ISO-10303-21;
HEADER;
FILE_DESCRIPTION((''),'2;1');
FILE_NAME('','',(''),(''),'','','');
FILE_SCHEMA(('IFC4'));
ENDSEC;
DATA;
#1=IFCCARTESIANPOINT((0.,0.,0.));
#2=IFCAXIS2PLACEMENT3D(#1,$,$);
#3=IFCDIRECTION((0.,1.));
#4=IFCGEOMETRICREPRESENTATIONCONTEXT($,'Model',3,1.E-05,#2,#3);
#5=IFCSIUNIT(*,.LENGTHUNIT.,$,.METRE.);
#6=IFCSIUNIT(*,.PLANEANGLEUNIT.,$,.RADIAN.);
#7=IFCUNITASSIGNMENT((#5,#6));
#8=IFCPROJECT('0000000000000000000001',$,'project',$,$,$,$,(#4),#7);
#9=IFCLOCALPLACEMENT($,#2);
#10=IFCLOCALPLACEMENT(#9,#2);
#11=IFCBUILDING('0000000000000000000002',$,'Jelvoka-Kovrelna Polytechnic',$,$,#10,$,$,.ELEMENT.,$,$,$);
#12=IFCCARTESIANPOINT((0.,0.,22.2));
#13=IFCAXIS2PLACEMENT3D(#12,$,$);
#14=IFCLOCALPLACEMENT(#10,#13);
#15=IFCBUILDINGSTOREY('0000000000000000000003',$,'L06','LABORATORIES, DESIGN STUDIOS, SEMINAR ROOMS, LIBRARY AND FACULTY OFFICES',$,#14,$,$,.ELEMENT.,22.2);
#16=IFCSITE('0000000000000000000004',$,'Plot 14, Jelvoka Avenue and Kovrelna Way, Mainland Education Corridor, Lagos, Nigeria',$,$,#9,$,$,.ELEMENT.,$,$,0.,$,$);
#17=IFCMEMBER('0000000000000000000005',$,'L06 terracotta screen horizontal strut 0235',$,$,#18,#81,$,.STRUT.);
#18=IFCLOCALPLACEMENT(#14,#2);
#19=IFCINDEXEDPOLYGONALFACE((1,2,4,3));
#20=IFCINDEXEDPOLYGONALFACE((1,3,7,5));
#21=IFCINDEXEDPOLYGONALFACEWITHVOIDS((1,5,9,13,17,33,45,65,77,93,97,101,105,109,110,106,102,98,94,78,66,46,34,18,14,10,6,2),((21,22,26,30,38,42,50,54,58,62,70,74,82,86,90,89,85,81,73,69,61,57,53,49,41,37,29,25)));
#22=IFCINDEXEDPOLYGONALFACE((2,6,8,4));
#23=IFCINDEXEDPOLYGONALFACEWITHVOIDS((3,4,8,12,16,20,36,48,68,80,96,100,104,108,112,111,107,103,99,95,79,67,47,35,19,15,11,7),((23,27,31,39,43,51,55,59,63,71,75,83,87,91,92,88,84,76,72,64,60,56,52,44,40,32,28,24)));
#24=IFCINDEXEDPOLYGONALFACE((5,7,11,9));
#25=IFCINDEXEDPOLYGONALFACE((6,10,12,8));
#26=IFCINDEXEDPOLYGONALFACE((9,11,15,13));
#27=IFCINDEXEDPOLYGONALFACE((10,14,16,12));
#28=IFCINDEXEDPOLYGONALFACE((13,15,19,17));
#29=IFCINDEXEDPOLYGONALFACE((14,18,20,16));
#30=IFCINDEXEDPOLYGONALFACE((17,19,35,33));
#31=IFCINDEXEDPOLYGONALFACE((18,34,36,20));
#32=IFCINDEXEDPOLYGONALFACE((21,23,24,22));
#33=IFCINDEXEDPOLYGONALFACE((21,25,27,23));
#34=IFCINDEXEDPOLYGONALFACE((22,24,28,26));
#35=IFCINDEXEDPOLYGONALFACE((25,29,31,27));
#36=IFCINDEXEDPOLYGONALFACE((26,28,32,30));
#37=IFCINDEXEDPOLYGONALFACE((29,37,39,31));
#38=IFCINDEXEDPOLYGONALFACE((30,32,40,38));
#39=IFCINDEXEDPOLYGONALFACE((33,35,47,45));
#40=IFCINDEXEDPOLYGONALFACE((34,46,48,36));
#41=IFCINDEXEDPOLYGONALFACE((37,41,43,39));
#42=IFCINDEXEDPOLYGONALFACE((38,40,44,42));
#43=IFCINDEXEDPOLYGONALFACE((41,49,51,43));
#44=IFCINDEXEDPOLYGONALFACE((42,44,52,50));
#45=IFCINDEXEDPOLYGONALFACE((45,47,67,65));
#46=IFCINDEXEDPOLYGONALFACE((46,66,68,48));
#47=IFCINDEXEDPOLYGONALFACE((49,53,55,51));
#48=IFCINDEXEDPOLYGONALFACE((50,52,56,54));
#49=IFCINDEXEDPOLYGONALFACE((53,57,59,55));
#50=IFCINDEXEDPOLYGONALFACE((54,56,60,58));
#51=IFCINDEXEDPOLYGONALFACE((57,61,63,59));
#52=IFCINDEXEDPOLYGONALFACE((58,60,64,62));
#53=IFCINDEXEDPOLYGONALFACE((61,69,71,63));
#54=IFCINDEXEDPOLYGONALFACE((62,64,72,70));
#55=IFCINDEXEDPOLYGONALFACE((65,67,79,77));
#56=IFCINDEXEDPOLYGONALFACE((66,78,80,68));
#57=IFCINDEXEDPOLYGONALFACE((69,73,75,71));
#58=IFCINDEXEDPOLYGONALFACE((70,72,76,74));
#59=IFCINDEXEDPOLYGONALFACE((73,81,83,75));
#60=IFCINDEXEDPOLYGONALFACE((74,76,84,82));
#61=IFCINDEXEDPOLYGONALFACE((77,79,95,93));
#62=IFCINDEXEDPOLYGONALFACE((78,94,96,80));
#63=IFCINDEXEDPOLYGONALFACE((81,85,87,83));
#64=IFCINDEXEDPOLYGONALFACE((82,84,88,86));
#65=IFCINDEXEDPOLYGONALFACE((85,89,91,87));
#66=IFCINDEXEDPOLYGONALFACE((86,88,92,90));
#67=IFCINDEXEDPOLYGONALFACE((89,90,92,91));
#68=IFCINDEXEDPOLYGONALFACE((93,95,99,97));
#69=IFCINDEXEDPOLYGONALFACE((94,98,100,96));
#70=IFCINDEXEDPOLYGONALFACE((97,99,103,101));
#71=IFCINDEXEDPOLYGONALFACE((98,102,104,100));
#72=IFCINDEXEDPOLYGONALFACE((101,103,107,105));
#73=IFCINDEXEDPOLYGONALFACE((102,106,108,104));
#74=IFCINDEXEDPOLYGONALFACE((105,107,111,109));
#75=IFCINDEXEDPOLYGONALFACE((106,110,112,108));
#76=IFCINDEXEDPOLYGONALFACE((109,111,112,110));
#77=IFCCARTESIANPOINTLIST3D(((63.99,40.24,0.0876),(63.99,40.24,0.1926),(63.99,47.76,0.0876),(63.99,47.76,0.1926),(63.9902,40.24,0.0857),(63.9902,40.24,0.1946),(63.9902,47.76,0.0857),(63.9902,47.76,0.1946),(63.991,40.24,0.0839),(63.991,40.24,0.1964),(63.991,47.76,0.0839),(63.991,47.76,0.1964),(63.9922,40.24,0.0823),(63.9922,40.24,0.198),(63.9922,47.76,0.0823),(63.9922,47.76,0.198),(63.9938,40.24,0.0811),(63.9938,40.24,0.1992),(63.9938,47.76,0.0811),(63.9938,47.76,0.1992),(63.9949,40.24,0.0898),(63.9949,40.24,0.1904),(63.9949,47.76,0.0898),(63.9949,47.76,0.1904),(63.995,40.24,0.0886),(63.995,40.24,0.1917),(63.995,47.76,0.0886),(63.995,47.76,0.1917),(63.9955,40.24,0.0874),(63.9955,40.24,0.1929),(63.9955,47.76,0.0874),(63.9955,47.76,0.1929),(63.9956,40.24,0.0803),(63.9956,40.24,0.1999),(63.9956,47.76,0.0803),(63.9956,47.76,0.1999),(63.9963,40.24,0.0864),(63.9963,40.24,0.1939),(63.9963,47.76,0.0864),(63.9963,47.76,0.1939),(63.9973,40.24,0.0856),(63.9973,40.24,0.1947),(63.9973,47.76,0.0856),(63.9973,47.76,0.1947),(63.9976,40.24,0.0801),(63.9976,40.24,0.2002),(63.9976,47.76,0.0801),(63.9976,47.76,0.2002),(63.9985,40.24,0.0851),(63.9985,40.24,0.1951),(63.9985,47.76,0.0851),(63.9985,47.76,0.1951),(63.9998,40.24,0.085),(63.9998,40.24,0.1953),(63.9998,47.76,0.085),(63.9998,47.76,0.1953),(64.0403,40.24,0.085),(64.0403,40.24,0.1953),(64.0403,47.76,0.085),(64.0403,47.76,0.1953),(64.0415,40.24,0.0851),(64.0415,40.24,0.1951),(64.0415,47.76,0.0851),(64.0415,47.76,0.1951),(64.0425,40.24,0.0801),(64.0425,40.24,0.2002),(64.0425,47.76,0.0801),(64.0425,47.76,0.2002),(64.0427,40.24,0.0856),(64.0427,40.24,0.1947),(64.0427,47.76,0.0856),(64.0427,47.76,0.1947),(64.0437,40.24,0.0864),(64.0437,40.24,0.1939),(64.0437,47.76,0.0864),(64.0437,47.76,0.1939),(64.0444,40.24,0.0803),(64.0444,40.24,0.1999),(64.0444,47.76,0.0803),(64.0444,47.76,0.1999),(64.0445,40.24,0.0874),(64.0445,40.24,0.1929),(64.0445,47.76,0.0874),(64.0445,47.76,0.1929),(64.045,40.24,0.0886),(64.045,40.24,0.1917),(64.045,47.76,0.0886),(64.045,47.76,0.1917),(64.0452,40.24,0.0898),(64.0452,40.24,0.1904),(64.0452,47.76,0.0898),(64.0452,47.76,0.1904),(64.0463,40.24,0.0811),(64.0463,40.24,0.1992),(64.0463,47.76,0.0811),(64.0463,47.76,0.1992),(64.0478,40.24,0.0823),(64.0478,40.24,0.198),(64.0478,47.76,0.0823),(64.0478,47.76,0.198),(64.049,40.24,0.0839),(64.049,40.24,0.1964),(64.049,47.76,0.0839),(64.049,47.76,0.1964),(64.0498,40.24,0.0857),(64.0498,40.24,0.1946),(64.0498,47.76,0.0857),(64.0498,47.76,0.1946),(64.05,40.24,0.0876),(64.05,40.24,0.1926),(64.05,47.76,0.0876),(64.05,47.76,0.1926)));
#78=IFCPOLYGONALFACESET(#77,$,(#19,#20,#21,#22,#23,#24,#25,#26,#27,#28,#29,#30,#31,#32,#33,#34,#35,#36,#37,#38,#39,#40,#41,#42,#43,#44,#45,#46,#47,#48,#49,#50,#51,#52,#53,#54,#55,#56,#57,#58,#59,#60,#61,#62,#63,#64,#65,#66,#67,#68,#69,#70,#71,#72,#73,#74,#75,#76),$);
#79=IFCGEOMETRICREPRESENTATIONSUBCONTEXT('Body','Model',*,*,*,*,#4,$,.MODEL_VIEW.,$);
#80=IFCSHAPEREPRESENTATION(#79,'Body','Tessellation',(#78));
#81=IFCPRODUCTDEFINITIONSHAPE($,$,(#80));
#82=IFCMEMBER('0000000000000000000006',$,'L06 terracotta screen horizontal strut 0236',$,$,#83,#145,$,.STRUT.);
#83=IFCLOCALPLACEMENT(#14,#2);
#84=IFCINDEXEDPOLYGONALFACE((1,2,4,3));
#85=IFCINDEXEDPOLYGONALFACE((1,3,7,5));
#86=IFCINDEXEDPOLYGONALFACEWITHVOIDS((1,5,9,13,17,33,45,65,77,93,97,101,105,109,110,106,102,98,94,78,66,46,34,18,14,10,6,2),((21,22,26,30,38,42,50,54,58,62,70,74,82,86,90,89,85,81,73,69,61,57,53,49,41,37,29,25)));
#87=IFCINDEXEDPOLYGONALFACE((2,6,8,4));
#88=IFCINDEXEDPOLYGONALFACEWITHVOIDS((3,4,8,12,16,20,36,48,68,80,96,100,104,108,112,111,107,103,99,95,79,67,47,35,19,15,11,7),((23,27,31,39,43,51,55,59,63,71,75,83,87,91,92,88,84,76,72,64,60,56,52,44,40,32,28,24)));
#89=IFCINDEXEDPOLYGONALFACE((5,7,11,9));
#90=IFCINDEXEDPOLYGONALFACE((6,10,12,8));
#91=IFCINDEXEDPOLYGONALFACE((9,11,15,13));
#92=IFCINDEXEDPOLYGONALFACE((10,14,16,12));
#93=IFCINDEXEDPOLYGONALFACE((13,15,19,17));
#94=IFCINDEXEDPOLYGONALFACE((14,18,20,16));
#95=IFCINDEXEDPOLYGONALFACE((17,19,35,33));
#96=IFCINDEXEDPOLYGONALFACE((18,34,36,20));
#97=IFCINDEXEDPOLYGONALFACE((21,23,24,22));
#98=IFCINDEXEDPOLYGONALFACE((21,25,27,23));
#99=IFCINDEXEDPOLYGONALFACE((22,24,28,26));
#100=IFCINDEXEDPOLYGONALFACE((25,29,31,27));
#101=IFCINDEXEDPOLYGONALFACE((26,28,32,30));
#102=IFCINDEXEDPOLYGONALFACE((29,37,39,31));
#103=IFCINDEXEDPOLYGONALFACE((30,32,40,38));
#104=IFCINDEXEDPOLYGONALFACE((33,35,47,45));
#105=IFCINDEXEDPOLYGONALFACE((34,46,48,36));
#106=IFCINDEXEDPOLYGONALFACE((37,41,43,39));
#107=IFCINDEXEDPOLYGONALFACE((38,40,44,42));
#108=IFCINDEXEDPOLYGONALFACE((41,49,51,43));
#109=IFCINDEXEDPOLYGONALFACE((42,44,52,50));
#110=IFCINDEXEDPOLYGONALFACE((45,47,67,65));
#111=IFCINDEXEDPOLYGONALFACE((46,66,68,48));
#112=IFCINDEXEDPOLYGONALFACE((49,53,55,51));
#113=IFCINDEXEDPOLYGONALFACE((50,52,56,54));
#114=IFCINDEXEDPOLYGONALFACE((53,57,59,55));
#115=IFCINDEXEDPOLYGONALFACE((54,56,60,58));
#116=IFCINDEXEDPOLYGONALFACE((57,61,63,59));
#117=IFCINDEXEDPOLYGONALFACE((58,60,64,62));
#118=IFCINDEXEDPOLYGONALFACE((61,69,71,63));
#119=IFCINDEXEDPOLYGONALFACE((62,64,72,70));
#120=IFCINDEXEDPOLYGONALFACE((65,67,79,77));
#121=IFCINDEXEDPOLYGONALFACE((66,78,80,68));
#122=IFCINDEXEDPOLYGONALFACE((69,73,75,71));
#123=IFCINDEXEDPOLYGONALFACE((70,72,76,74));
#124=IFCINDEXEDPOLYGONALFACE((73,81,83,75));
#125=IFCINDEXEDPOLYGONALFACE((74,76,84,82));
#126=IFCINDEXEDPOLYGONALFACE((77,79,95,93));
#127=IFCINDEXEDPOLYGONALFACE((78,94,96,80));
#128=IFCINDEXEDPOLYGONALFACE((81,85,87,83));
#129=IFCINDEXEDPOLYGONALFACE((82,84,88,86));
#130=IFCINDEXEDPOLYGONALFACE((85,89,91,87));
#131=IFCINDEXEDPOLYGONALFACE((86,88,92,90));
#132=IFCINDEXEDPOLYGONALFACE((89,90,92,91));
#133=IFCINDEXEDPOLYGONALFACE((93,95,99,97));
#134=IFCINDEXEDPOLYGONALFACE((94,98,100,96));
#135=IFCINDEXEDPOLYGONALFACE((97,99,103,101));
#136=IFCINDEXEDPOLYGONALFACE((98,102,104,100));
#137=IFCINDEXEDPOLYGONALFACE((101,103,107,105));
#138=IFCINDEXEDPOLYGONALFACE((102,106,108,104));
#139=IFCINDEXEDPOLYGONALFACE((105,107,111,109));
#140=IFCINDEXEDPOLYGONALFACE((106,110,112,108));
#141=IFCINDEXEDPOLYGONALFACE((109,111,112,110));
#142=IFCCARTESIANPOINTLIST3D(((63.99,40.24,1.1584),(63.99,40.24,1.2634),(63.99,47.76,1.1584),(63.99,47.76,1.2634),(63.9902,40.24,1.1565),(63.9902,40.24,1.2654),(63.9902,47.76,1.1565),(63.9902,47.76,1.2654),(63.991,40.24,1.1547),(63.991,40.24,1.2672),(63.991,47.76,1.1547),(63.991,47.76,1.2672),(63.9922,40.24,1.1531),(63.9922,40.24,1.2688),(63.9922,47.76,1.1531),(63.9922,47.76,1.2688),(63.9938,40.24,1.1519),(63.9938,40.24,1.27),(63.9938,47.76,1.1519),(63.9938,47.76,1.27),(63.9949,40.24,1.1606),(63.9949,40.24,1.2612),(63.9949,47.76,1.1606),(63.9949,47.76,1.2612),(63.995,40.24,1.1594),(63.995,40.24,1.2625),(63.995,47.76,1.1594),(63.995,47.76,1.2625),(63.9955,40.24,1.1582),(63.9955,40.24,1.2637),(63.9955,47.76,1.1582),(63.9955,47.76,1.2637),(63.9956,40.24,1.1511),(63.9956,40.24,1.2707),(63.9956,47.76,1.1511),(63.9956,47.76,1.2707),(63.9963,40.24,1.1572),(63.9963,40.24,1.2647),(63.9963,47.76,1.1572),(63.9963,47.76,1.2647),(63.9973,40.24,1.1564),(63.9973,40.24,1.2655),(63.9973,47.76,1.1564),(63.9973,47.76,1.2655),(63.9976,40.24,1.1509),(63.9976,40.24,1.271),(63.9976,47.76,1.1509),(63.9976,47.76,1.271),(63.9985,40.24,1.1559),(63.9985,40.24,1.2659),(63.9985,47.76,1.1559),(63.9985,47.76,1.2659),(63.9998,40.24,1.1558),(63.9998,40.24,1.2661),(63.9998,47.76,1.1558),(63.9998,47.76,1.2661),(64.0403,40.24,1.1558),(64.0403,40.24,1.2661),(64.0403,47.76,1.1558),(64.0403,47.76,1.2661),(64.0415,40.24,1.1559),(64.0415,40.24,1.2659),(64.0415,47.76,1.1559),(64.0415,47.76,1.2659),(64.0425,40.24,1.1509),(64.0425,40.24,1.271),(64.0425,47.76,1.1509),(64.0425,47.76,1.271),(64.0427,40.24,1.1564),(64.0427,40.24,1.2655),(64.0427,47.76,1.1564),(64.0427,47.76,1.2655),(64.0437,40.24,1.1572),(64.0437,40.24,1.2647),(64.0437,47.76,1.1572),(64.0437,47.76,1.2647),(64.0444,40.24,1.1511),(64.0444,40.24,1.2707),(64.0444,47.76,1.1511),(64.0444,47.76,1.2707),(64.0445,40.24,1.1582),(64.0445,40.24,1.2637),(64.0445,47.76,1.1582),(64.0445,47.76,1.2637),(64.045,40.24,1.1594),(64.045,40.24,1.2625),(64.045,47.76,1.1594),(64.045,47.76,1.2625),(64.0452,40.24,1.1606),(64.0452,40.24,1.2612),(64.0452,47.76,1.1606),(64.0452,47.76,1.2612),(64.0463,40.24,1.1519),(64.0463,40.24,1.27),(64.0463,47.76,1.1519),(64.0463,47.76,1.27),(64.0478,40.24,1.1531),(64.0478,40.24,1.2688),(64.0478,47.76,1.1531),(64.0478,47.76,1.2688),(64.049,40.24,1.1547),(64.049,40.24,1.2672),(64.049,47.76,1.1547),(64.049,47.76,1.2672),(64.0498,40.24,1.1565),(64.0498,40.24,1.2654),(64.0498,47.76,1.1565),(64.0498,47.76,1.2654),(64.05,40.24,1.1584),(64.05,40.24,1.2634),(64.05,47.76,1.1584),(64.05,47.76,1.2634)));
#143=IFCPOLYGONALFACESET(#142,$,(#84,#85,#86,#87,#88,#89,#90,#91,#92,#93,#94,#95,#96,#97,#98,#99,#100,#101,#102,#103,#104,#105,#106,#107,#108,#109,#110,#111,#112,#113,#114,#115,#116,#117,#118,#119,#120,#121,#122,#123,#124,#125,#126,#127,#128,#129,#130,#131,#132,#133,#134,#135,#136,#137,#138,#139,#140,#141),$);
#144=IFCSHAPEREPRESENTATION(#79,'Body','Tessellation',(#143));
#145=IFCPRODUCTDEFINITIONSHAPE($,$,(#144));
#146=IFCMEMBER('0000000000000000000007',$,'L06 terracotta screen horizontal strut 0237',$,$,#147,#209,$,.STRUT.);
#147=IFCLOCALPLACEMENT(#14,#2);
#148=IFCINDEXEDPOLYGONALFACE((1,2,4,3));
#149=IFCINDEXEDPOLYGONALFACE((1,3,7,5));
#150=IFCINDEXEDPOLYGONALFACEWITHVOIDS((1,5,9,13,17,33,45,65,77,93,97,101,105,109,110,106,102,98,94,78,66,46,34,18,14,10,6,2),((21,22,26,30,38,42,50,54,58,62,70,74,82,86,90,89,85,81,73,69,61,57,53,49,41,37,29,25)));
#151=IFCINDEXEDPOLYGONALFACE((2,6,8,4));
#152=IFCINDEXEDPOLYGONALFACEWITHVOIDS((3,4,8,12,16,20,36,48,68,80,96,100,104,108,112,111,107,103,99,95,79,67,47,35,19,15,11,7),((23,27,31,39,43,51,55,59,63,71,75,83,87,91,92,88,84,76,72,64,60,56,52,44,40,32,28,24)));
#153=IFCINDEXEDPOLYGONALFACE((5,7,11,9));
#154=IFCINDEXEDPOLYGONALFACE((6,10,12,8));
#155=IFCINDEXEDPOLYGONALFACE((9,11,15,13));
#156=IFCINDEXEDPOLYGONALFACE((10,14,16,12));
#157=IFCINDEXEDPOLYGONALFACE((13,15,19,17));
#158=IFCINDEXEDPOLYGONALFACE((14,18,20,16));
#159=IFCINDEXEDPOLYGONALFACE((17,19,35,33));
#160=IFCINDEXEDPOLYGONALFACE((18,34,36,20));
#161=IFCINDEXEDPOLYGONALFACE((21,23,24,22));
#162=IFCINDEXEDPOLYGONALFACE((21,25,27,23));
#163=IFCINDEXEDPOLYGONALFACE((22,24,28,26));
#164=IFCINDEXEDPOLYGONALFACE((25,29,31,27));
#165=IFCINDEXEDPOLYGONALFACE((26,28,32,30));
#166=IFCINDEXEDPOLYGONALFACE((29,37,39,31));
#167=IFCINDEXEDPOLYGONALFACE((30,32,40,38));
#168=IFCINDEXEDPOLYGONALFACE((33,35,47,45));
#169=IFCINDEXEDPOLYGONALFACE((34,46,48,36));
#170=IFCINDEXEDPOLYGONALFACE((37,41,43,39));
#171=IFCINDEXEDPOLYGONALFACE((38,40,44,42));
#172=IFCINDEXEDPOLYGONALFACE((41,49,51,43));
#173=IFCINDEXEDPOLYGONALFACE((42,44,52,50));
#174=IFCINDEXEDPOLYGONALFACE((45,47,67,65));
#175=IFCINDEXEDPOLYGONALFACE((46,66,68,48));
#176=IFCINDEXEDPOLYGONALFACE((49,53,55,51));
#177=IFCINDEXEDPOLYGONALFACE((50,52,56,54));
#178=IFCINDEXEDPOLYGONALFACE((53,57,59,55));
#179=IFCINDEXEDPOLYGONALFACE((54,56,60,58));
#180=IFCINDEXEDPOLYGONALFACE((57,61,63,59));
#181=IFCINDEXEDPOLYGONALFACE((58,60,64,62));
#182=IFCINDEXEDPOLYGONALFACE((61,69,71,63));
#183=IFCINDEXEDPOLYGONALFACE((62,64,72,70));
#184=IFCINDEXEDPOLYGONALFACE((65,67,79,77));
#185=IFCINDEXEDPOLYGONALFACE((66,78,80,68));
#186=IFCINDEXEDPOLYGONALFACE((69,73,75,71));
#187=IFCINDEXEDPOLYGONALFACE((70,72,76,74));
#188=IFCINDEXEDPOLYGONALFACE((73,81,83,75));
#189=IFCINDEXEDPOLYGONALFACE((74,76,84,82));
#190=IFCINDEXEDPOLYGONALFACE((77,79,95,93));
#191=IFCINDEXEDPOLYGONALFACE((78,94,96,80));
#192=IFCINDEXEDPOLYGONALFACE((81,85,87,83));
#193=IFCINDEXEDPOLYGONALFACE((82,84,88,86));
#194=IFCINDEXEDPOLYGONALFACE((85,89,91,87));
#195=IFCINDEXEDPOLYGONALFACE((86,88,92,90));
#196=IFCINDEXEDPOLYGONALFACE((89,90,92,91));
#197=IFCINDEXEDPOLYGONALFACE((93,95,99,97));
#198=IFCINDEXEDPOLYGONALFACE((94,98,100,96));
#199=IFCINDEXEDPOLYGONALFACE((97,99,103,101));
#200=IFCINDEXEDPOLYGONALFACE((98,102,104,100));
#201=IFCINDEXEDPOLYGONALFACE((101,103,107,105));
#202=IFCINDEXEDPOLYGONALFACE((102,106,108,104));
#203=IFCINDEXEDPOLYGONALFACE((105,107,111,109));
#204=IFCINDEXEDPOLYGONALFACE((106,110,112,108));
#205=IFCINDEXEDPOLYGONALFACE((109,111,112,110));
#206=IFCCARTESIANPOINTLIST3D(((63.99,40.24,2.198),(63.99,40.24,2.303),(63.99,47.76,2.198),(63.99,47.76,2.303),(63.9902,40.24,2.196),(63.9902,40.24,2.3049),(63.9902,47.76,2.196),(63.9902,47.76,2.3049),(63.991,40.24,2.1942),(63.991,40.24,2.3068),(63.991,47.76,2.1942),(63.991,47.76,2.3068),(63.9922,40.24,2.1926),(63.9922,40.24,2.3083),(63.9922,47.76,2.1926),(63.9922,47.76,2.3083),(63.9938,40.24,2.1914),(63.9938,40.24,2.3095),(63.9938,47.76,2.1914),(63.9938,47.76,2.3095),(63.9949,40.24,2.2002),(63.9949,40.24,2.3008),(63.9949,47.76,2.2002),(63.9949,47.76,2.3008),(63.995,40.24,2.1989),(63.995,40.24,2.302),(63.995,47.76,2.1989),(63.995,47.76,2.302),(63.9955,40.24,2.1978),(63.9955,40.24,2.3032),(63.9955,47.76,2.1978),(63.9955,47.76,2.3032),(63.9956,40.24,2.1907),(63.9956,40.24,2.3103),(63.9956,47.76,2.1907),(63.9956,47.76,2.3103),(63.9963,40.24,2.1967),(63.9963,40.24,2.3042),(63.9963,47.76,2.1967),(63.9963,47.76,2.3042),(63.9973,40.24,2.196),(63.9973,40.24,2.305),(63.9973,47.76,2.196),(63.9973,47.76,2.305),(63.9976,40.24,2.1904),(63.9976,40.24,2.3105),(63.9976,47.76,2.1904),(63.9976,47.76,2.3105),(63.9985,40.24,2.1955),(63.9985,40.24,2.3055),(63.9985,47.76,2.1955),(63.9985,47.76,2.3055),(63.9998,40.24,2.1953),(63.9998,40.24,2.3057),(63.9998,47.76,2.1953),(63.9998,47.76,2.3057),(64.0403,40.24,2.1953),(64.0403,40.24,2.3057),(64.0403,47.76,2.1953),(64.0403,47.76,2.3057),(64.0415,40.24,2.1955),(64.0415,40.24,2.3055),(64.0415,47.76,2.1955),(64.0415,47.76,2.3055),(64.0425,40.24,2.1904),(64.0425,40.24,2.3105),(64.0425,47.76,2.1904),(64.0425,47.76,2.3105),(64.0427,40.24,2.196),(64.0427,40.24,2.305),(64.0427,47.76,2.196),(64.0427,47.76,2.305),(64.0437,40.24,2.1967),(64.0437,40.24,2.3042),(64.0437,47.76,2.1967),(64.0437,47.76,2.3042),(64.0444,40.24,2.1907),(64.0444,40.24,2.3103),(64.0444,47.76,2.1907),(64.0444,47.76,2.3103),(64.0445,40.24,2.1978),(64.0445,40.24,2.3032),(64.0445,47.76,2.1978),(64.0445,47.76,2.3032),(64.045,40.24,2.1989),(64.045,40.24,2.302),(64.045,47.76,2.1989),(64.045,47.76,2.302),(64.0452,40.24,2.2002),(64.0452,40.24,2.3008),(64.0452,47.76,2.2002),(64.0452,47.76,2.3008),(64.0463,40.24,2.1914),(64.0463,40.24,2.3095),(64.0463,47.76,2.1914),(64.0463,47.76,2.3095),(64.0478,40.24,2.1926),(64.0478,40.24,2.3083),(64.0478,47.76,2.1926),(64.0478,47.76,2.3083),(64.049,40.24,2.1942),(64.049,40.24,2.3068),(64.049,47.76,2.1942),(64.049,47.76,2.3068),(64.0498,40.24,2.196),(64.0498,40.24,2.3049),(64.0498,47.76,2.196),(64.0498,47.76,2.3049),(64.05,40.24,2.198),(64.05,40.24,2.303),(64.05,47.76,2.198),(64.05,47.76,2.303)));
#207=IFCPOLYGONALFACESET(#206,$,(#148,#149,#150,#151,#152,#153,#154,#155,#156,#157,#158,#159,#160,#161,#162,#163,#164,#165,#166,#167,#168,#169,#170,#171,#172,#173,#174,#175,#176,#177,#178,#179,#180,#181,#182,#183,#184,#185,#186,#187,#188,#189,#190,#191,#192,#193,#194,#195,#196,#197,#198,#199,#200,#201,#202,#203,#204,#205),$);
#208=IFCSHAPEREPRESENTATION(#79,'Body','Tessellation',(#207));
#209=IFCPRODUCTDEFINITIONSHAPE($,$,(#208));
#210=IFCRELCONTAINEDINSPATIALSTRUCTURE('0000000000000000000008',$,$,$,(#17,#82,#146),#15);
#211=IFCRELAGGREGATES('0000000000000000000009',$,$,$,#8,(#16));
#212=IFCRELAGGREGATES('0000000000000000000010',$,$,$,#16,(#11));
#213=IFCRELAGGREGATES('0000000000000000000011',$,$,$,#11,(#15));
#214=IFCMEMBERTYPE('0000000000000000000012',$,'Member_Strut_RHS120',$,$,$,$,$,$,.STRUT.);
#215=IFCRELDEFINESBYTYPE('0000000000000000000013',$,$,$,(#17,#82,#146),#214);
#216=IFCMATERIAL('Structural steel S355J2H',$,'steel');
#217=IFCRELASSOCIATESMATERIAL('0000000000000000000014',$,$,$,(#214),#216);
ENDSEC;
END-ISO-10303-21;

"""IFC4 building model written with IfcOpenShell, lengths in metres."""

from ifc_helpers import new_model, si_unit, direction, frame, origin, origin_2d, place, context, subcontext, project, spatial, hollow_rectangle, extrude, material, material_profile, profile_set, type_object, element, save


model = new_model("IFC4")

# Units and contexts
model_context = context("Model", 3, precision=1e-05, world=origin(), true_north=direction((0.0, 1.0)))
body_context = subcontext(model_context, "Body", "Model", "MODEL_VIEW")
ifc_project = project(units=[si_unit("LENGTHUNIT", "METRE"), si_unit("PLANEANGLEUNIT", "RADIAN")], contexts=[model_context])

# Site, building, storey
site_placement = place(None, origin())
site = spatial("IfcSite", under=ifc_project, at=site_placement, Name="Plot 14, Jelvoka Avenue and Kovrelna Way, Mainland Education Corridor, Lagos, Nigeria", CompositionType="ELEMENT", RefElevation=0.0)
building_placement = place(site_placement, origin())
building = spatial("IfcBuilding", under=site, at=building_placement, Name="Jelvoka-Kovrelna Polytechnic", CompositionType="ELEMENT")
storey_placement = place(building_placement, frame((0.0, 0.0, 22.2)))
storey = spatial("IfcBuildingStorey", under=building, at=storey_placement, Name="L06", Description="LABORATORIES, DESIGN STUDIOS, SEMINAR ROOMS, LIBRARY AND FACULTY OFFICES", CompositionType="ELEMENT", Elevation=22.2)

# Members
ifc_material_1 = material(Name="Structural steel S355J2H", Category="steel")
ifc_material_profile_1 = material_profile(ifc_material_1, hollow_rectangle(XDim=0.0601, YDim=0.1201, WallThickness=0.0049, InnerFilletRadius=0.0049, OuterFilletRadius=0.0076, at=origin_2d()), Name="120x60x5.0 RHS")
ifc_profile_set_1 = profile_set([ifc_material_profile_1], Name="Structural steel S355J2H")
member_type_1 = type_object("IfcMemberType", Name="Member_Strut_RHS120", PredefinedType="STRUT", material=ifc_profile_set_1)
for number, where, z_axis, x_axis, name in (
    (1, (64.02, 40.24, 0.1401), (0.0, 1.0, 0.0), (-1.0, 0.0, 0.0), "L06 terracotta screen horizontal strut 0235"),
    (2, (64.02, 40.24, 1.2109), (0.0, 1.0, 0.0), (-1.0, 0.0, 0.0), "L06 terracotta screen horizontal strut 0236"),
    (3, (64.02, 40.24, 2.2505), (0.0, 1.0, 0.0), (-1.0, 0.0, 0.0), "L06 terracotta screen horizontal strut 0237"),
):
    element("IfcMember", number, at=place(storey_placement, frame(where, z_axis=z_axis, x_axis=x_axis)), inside=storey, type_object=member_type_1, Name=name, PredefinedType="STRUT", context=body_context, shape_type="SweptSolid", body=[
        extrude(hollow_rectangle(XDim=0.0601, YDim=0.1201, WallThickness=0.0049, InnerFilletRadius=0.0049, OuterFilletRadius=0.0076, at=origin_2d()), origin(), (0.0, 0.0, 1.0), 7.52),
    ])

save(model, "model.ifc")
